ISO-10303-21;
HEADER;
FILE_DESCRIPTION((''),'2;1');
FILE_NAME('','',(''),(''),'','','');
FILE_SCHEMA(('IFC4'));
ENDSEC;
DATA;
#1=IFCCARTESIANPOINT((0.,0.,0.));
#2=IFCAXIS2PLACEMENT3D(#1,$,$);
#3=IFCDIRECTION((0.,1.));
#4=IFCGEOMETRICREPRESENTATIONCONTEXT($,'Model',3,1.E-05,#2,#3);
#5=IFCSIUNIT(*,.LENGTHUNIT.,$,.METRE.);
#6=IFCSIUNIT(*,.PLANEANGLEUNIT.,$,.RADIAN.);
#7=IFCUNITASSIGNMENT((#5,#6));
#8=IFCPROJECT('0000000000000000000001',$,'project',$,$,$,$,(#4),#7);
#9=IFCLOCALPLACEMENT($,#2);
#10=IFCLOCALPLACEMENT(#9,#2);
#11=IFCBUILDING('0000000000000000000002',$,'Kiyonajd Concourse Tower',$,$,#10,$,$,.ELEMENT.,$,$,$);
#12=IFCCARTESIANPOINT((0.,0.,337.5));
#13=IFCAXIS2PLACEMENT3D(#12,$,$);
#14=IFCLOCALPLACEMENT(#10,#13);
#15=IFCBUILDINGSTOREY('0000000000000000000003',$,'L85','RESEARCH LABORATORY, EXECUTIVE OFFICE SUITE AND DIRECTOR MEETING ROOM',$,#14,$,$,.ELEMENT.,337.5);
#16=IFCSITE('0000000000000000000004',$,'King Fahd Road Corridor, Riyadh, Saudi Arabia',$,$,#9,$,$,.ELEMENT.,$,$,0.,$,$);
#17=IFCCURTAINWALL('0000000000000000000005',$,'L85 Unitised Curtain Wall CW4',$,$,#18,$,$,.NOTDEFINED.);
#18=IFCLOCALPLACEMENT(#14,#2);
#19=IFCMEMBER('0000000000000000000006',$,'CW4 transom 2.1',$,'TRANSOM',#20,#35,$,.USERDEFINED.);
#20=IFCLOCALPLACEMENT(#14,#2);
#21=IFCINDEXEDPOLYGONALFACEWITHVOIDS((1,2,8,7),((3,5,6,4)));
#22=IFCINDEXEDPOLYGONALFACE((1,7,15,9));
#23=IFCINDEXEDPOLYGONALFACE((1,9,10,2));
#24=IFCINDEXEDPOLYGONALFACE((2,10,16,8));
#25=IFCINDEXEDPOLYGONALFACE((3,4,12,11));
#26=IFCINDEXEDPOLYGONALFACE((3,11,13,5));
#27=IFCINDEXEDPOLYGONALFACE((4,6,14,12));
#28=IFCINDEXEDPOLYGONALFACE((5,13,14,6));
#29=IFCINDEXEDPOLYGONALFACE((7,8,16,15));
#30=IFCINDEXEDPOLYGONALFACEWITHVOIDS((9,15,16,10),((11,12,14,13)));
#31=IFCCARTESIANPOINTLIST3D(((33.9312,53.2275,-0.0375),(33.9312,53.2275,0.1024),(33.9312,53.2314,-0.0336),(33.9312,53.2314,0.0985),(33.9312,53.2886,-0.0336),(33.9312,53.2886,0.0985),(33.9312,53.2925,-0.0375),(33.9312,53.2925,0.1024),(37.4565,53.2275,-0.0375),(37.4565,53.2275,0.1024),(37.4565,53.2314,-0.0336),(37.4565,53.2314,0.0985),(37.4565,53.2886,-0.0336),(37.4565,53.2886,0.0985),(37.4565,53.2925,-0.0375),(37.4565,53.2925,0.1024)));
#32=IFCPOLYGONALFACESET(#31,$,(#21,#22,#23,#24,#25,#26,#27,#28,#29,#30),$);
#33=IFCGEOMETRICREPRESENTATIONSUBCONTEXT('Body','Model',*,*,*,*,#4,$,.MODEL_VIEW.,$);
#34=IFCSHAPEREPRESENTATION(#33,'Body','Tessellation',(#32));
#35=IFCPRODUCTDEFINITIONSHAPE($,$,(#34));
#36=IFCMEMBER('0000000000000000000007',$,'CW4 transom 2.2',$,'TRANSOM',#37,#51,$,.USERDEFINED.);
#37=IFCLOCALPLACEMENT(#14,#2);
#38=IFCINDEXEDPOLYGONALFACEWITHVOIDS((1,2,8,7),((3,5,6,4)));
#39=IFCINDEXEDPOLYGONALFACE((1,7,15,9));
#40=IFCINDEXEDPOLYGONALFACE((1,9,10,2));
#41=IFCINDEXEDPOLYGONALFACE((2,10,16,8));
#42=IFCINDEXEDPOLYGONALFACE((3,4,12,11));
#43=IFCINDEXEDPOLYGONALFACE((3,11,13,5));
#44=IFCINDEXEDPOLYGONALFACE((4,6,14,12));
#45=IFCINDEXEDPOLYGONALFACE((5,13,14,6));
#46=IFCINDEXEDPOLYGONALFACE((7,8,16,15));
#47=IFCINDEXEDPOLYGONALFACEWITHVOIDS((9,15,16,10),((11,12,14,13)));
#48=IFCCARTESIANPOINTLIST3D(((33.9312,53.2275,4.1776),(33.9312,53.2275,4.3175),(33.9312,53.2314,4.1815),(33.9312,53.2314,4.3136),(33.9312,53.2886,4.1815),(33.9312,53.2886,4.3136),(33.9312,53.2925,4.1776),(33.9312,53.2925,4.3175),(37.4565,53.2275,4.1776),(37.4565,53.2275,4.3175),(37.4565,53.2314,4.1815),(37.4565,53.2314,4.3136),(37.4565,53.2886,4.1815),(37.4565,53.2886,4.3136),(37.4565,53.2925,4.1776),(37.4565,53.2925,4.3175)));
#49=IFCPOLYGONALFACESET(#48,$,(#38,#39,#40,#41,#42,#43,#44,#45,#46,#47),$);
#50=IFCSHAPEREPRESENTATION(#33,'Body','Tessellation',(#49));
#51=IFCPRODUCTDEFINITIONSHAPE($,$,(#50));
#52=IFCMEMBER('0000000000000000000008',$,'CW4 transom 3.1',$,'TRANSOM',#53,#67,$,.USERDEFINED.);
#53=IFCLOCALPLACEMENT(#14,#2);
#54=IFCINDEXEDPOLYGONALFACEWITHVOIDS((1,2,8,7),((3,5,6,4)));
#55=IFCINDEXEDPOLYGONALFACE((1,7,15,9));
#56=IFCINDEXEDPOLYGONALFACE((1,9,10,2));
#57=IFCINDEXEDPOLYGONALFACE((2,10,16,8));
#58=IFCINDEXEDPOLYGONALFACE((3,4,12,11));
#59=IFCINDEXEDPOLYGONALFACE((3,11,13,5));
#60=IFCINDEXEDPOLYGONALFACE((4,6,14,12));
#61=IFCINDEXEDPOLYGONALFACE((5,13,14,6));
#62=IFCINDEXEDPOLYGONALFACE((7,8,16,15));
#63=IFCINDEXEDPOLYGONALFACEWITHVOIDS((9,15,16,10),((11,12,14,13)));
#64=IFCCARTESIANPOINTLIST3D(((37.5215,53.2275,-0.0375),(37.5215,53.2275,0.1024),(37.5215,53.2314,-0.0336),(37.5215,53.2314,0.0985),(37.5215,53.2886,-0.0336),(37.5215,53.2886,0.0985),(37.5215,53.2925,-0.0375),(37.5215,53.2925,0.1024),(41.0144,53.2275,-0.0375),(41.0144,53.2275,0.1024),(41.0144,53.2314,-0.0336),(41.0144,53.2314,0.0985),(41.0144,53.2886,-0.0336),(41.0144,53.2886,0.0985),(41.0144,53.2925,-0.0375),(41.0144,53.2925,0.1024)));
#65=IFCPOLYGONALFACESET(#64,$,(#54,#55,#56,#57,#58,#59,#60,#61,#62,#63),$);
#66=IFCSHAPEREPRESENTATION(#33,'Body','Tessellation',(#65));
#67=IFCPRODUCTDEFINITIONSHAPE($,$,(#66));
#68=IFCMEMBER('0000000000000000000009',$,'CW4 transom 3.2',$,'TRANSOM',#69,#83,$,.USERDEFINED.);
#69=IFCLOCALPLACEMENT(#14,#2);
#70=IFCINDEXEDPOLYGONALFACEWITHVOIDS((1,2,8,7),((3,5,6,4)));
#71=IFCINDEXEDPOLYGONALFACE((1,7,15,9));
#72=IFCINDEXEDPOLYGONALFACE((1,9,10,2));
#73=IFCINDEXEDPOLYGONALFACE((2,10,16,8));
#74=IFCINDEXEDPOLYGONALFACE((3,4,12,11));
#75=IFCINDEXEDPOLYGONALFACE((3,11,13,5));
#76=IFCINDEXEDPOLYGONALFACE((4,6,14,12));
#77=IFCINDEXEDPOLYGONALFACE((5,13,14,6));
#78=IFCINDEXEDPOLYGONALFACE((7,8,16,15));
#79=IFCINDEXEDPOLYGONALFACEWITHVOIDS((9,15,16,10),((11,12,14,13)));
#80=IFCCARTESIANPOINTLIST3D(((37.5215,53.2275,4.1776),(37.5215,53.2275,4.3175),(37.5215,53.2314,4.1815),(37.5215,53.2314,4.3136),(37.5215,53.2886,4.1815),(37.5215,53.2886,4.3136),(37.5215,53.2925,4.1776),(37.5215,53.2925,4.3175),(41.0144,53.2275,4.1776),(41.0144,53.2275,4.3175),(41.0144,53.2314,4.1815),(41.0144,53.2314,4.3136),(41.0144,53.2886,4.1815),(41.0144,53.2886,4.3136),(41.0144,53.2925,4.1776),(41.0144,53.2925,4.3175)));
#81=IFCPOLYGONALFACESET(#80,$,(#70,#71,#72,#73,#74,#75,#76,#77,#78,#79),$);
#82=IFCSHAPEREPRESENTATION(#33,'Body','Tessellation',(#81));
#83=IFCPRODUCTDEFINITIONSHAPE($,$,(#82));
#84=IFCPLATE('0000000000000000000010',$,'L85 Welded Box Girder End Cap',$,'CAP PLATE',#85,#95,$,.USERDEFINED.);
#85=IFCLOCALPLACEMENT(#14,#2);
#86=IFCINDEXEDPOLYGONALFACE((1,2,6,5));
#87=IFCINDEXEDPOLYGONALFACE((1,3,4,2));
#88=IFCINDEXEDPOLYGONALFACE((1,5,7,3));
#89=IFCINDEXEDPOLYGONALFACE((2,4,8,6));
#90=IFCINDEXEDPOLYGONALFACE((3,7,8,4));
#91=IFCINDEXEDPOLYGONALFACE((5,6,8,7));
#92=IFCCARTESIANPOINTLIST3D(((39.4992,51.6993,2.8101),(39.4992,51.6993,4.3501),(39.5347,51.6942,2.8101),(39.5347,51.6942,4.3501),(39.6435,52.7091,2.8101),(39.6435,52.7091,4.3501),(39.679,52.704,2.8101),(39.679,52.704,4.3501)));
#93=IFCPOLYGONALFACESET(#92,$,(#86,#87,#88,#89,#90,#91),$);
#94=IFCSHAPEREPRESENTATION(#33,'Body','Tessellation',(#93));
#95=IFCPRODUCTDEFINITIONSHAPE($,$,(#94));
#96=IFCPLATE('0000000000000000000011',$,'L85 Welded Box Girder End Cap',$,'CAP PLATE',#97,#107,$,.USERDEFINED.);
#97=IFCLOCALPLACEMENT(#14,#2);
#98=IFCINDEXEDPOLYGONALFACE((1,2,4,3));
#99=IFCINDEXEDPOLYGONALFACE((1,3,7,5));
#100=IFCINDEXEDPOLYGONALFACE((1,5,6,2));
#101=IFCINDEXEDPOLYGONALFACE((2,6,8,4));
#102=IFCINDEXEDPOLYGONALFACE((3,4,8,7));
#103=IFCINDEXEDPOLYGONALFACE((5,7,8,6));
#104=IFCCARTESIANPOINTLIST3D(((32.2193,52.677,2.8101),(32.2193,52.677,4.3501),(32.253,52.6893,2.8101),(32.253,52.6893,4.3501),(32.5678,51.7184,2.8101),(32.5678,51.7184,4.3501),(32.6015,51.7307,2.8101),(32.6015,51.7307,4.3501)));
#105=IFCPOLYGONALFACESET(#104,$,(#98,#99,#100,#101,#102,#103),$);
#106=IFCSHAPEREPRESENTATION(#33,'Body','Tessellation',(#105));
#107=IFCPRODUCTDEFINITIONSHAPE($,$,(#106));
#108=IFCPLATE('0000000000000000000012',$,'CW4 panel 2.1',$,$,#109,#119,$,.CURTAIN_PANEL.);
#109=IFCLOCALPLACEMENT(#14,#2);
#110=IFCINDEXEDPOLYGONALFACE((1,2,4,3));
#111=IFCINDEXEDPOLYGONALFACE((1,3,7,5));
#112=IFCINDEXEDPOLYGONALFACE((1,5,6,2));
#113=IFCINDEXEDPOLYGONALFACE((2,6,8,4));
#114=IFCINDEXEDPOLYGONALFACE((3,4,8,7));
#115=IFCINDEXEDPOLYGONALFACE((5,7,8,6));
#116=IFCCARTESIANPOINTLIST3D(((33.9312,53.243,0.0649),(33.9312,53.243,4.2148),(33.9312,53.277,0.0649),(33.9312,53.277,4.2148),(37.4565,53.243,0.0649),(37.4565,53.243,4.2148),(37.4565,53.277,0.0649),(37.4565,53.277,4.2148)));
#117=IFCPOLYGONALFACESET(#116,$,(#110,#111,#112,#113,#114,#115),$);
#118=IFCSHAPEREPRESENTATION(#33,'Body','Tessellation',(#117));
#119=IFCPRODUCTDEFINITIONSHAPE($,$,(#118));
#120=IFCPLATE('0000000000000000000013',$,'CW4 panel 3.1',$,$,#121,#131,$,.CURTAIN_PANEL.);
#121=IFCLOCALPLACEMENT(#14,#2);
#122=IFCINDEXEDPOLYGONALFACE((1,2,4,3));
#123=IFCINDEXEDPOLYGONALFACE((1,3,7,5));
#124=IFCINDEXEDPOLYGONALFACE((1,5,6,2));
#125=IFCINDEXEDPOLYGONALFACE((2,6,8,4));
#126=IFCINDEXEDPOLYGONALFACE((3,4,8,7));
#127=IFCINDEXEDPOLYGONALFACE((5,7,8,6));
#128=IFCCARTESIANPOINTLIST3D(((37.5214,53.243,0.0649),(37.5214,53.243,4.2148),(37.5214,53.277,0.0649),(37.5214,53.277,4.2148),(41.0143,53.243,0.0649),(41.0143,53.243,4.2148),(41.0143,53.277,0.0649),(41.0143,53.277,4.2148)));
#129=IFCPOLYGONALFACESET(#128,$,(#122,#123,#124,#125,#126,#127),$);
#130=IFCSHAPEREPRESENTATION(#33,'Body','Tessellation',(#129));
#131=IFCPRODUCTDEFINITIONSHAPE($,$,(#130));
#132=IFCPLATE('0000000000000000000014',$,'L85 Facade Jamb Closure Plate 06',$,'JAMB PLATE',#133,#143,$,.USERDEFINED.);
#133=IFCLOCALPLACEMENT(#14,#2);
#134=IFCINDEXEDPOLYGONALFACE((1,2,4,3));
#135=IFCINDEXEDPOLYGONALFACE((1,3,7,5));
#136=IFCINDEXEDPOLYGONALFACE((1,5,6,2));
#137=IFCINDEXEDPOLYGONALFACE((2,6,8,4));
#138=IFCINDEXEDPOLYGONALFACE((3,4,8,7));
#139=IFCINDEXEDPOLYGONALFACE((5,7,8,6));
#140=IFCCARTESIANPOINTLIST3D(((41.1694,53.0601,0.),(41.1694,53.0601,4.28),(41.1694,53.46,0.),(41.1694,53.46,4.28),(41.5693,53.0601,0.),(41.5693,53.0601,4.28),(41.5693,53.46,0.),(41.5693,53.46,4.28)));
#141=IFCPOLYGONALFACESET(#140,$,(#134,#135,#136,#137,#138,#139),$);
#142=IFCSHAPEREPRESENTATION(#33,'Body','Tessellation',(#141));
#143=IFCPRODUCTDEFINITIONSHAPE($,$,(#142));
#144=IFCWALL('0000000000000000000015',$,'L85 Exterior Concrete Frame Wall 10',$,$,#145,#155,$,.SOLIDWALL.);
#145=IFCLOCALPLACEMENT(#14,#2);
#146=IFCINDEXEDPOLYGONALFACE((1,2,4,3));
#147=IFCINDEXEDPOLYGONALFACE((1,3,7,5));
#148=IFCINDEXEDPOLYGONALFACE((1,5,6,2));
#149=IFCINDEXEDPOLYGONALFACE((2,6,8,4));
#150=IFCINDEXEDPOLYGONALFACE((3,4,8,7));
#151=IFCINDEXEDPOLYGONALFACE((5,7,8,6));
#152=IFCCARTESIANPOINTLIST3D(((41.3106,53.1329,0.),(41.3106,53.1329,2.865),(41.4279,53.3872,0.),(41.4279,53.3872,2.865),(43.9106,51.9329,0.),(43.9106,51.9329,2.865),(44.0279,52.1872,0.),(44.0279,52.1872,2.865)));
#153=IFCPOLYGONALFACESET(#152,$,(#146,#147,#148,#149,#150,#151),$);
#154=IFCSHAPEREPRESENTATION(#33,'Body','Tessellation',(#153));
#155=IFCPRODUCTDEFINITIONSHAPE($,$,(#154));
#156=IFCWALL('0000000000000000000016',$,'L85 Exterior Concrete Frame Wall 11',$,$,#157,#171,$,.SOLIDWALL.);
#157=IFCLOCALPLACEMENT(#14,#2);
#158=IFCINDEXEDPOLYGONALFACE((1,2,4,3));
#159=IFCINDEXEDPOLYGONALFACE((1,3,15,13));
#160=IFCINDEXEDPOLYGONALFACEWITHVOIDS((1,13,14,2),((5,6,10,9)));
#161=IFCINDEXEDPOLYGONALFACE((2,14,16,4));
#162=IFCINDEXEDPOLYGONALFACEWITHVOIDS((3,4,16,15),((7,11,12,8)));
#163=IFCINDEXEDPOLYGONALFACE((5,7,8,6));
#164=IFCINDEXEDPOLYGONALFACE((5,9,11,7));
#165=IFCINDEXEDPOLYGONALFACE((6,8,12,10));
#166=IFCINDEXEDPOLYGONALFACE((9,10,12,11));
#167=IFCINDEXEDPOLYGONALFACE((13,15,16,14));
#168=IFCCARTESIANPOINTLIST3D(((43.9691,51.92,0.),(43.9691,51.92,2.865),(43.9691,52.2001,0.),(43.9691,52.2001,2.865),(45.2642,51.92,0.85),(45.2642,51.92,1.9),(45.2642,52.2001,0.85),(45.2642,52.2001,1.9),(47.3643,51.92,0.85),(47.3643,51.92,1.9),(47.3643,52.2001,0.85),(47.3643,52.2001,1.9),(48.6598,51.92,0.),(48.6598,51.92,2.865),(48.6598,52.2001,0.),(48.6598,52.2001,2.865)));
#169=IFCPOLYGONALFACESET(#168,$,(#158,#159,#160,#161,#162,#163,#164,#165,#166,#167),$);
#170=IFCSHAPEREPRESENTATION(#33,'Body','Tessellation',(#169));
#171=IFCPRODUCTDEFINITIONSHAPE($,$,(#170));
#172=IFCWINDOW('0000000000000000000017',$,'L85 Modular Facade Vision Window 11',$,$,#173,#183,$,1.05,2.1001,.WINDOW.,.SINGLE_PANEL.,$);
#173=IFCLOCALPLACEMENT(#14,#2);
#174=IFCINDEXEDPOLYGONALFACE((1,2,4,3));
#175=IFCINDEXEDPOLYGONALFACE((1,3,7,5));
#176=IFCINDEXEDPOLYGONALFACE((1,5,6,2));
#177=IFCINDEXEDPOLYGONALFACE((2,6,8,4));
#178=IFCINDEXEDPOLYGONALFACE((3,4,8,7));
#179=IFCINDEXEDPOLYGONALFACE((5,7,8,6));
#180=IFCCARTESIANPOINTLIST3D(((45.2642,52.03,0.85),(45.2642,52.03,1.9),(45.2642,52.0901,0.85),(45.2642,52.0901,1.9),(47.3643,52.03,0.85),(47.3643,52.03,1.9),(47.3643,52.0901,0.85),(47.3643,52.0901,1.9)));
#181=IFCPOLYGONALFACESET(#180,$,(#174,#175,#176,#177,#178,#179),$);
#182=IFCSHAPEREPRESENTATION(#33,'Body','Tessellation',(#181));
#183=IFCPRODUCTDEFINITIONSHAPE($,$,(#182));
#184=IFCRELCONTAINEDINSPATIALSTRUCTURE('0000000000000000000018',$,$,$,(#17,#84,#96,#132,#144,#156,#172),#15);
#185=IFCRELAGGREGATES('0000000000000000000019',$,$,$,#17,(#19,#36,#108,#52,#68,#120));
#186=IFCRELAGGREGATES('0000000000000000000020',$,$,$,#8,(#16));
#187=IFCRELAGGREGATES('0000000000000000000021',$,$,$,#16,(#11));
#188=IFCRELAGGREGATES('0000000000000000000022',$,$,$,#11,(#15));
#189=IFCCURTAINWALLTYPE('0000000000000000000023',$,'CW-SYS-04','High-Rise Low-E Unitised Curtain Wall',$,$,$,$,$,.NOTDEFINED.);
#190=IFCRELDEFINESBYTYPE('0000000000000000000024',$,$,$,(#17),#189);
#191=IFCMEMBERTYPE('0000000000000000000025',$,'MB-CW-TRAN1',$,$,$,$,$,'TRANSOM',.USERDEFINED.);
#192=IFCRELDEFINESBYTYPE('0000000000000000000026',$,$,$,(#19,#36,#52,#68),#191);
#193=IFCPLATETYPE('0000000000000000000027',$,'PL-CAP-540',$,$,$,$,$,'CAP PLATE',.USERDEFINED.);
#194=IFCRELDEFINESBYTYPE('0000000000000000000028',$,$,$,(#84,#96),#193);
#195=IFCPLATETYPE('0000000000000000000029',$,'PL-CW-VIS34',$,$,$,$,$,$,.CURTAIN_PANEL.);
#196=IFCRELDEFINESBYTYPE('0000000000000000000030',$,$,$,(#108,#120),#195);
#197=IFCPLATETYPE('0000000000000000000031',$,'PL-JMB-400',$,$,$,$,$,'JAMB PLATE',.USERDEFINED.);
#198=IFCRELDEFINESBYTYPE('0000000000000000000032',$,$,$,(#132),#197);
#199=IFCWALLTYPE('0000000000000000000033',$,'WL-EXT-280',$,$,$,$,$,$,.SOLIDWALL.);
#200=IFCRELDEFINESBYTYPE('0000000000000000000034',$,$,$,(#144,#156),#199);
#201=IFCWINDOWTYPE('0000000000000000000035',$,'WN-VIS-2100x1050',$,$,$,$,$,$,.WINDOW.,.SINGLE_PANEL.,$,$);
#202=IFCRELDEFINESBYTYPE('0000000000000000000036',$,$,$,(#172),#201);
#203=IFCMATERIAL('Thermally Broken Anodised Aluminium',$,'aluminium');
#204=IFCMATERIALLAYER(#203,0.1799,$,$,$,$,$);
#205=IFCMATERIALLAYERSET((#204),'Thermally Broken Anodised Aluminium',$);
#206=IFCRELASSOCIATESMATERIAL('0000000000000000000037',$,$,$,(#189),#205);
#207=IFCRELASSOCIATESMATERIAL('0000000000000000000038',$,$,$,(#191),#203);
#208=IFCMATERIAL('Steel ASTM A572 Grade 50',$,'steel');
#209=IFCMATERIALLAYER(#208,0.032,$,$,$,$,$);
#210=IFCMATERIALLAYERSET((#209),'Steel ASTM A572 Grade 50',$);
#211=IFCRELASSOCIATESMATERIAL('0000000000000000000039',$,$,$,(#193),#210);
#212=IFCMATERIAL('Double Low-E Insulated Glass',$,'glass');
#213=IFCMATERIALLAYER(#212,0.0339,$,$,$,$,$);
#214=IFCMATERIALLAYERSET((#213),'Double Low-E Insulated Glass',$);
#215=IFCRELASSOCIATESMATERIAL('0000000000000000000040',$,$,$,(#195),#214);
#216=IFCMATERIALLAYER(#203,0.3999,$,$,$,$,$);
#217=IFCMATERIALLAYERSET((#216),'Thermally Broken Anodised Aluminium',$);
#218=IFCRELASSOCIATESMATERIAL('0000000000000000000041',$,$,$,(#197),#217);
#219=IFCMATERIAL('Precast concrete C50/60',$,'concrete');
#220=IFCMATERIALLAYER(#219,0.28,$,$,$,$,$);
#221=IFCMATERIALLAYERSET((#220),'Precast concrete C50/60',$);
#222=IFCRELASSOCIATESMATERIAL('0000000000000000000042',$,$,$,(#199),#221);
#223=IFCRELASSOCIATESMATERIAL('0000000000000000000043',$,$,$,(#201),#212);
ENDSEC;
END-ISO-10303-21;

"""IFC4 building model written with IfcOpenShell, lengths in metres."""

from ifc_helpers import new_model, si_unit, direction, frame, frame_2d, origin, origin_2d, place, context, subcontext, project, spatial, rectangle, hollow_rectangle, extrude, material, layer, layer_set, material_profile, profile_set, type_object, element, fill, aggregate, save


model = new_model("IFC4")

# Units and contexts
model_context = context("Model", 3, precision=1e-05, world=origin(), true_north=direction((0.0, 1.0)))
body_context = subcontext(model_context, "Body", "Model", "MODEL_VIEW")
ifc_project = project(units=[si_unit("LENGTHUNIT", "METRE"), si_unit("PLANEANGLEUNIT", "RADIAN")], contexts=[model_context])

# Site, building, storey
site_placement = place(None, origin())
site = spatial("IfcSite", under=ifc_project, at=site_placement, Name="King Fahd Road Corridor, Riyadh, Saudi Arabia", CompositionType="ELEMENT", RefElevation=0.0)
building_placement = place(site_placement, origin())
building = spatial("IfcBuilding", under=site, at=building_placement, Name="Kiyonajd Concourse Tower", CompositionType="ELEMENT")
storey_placement = place(building_placement, frame((0.0, 0.0, 337.5)))
storey = spatial("IfcBuildingStorey", under=building, at=storey_placement, Name="L85", Description="RESEARCH LABORATORY, EXECUTIVE OFFICE SUITE AND DIRECTOR MEETING ROOM", CompositionType="ELEMENT", Elevation=337.5)

# Curtain wall, members
ifc_material_1 = material(Name="Thermally Broken Anodised Aluminium", Category="aluminium")
ifc_layer_1 = layer(ifc_material_1, 0.1799)
ifc_layer_set_1 = layer_set([ifc_layer_1], Name="Thermally Broken Anodised Aluminium")
curtain_wall_type = type_object("IfcCurtainWallType", Name="CW-SYS-04", Description="High-Rise Low-E Unitised Curtain Wall", PredefinedType="NOTDEFINED", material=ifc_layer_set_1)
curtain_wall_placement = place(storey_placement, origin())
curtain_wall = element("IfcCurtainWall", 1, at=curtain_wall_placement, inside=storey, type_object=curtain_wall_type, Name="L85 Unitised Curtain Wall CW4", PredefinedType="NOTDEFINED")
ifc_material_profile_1 = material_profile(ifc_material_1, hollow_rectangle(XDim=0.0649, YDim=0.1399, WallThickness=0.0039, at=origin_2d()), Name="TRAN-65x140")
ifc_profile_set_1 = profile_set([ifc_material_profile_1], Name="Thermally Broken Anodised Aluminium")
member_type_1 = type_object("IfcMemberType", Name="MB-CW-TRAN1", ElementType="TRANSOM", PredefinedType="USERDEFINED", material=ifc_profile_set_1)
member_1_placement = place(storey_placement, frame((33.9312, 53.26, 0.0325), z_axis=(1.0, 0.0, 0.0), x_axis=(0.0, 1.0, 0.0)))
member_1 = element("IfcMember", 2, at=member_1_placement, type_object=member_type_1, Name="CW4 transom 2.1", ObjectType="TRANSOM", PredefinedType="USERDEFINED", context=body_context, shape_type="SweptSolid", body=[
    extrude(hollow_rectangle(XDim=0.0649, YDim=0.1399, WallThickness=0.0039, at=origin_2d()), origin(), (0.0, 0.0, 1.0), 3.5254),
])
member_2_placement = place(storey_placement, frame((33.9312, 53.26, 4.2476), z_axis=(1.0, 0.0, 0.0), x_axis=(0.0, 1.0, 0.0)))
member_2 = element("IfcMember", 3, at=member_2_placement, type_object=member_type_1, Name="CW4 transom 2.2", ObjectType="TRANSOM", PredefinedType="USERDEFINED", context=body_context, shape_type="SweptSolid", body=[
    extrude(hollow_rectangle(XDim=0.0649, YDim=0.1399, WallThickness=0.0039, at=origin_2d()), origin(), (0.0, 0.0, 1.0), 3.5254),
])
member_3_placement = place(storey_placement, frame((37.5215, 53.26, 0.0325), z_axis=(1.0, 0.0, 0.0), x_axis=(0.0, 1.0, 0.0)))
member_3 = element("IfcMember", 4, at=member_3_placement, type_object=member_type_1, Name="CW4 transom 3.1", ObjectType="TRANSOM", PredefinedType="USERDEFINED", context=body_context, shape_type="SweptSolid", body=[
    extrude(hollow_rectangle(XDim=0.0649, YDim=0.1399, WallThickness=0.0039, at=origin_2d()), origin(), (0.0, 0.0, 1.0), 3.4929),
])
member_4_placement = place(storey_placement, frame((37.5215, 53.26, 4.2476), z_axis=(1.0, 0.0, 0.0), x_axis=(0.0, 1.0, 0.0)))
member_4 = element("IfcMember", 5, at=member_4_placement, type_object=member_type_1, Name="CW4 transom 3.2", ObjectType="TRANSOM", PredefinedType="USERDEFINED", context=body_context, shape_type="SweptSolid", body=[
    extrude(hollow_rectangle(XDim=0.0649, YDim=0.1399, WallThickness=0.0039, at=origin_2d()), origin(), (0.0, 0.0, 1.0), 3.4929),
])

# Plates
ifc_material_2 = material(Name="Steel ASTM A572 Grade 50", Category="steel")
ifc_layer_2 = layer(ifc_material_2, 0.032)
ifc_layer_set_2 = layer_set([ifc_layer_2], Name="Steel ASTM A572 Grade 50")
plate_type_1 = type_object("IfcPlateType", Name="PL-CAP-540", ElementType="CAP PLATE", PredefinedType="USERDEFINED", material=ifc_layer_set_2)
for number, where, z_axis, x_axis, name in (
    (6, (39.5891, 52.2017, 2.8101), (0.0, 0.0, 1.0), (-0.98995, 0.14142, 0.0), "L85 Welded Box Girder End Cap"),
    (7, (32.4104, 52.2039, 2.8101), (0.0, 0.0, 1.0), (0.939812, 0.341692, 0.0), "L85 Welded Box Girder End Cap"),
):
    element("IfcPlate", number, at=place(storey_placement, frame(where, z_axis=z_axis, x_axis=x_axis)), inside=storey, type_object=plate_type_1, Name=name, ObjectType="CAP PLATE", PredefinedType="USERDEFINED", context=body_context, shape_type="SweptSolid", body=[
        extrude(rectangle(XDim=0.0359, YDim=1.02, at=origin_2d()), origin(), (0.0, 0.0, 1.0), 1.54),
    ])

# Plates
ifc_material_3 = material(Name="Double Low-E Insulated Glass", Category="glass")
ifc_layer_3 = layer(ifc_material_3, 0.0339)
ifc_layer_set_3 = layer_set([ifc_layer_3], Name="Double Low-E Insulated Glass")
plate_type_2 = type_object("IfcPlateType", Name="PL-CW-VIS34", PredefinedType="CURTAIN_PANEL", material=ifc_layer_set_3)
plate_1_placement = place(storey_placement, frame((35.6938, 53.26, 0.0649), z_axis=(0.0, 0.0, 1.0), x_axis=(1.0, 0.0, 0.0)))
plate_1 = element("IfcPlate", 8, at=plate_1_placement, type_object=plate_type_2, Name="CW4 panel 2.1", PredefinedType="CURTAIN_PANEL", context=body_context, shape_type="SweptSolid", body=[
    extrude(rectangle(XDim=3.5254, YDim=0.0339, at=origin_2d()), origin(), (0.0, 0.0, 1.0), 4.1499),
])
plate_2_placement = place(storey_placement, frame((39.2678, 53.26, 0.0649), z_axis=(0.0, 0.0, 1.0), x_axis=(1.0, 0.0, 0.0)))
plate_2 = element("IfcPlate", 9, at=plate_2_placement, type_object=plate_type_2, Name="CW4 panel 3.1", PredefinedType="CURTAIN_PANEL", context=body_context, shape_type="SweptSolid", body=[
    extrude(rectangle(XDim=3.4929, YDim=0.0339, at=origin_2d()), origin(), (0.0, 0.0, 1.0), 4.1499),
])
aggregate(curtain_wall, [member_1, member_2, plate_1, member_3, member_4, plate_2])
ifc_layer_4 = layer(ifc_material_1, 0.3999)
ifc_layer_set_4 = layer_set([ifc_layer_4], Name="Thermally Broken Anodised Aluminium")
plate_type_3 = type_object("IfcPlateType", Name="PL-JMB-400", ElementType="JAMB PLATE", PredefinedType="USERDEFINED", material=ifc_layer_set_4)
plate_3_placement = place(storey_placement, frame((41.3694, 53.26, 0.0), z_axis=(0.0, 0.0, 1.0), x_axis=(1.0, 0.0, 0.0)))
element("IfcPlate", 10, at=plate_3_placement, inside=storey, type_object=plate_type_3, Name="L85 Facade Jamb Closure Plate 06", ObjectType="JAMB PLATE", PredefinedType="USERDEFINED", context=body_context, shape_type="SweptSolid", body=[
    extrude(rectangle(XDim=0.3999, YDim=0.3999, at=origin_2d()), origin(), (0.0, 0.0, 1.0), 4.28),
])

# Wall
ifc_material_4 = material(Name="Precast concrete C50/60", Category="concrete")
ifc_layer_5 = layer(ifc_material_4, 0.28)
ifc_layer_set_5 = layer_set([ifc_layer_5], Name="Precast concrete C50/60")
wall_type_1 = type_object("IfcWallType", Name="WL-EXT-280", PredefinedType="SOLIDWALL", material=ifc_layer_set_5)
wall_1_placement = place(storey_placement, frame((41.3694, 53.26, 0.0), z_axis=(0.0, 0.0, 1.0), x_axis=(0.907957, -0.419064, 0.0)))
element("IfcWall", 11, at=wall_1_placement, inside=storey, type_object=wall_type_1, Name="L85 Exterior Concrete Frame Wall 10", PredefinedType="SOLIDWALL", context=body_context, shape_type="SweptSolid", body=[
    extrude(rectangle(XDim=2.8635, YDim=0.28, at=frame_2d((1.4316, 0.0))), origin(), (0.0, 0.0, 1.0), 2.865),
])

# Wall, opening, window
wall_2_placement = place(storey_placement, frame((43.9692, 52.0601, 0.0), z_axis=(0.0, 0.0, 1.0), x_axis=(1.0, 0.0, 0.0)))
wall_2 = element("IfcWall", 12, at=wall_2_placement, inside=storey, type_object=wall_type_1, Name="L85 Exterior Concrete Frame Wall 11", PredefinedType="SOLIDWALL", context=body_context, shape_type="SweptSolid", body=[
    extrude(rectangle(XDim=4.6907, YDim=0.28, at=frame_2d((2.3452, 0.0))), origin(), (0.0, 0.0, 1.0), 2.865),
])
opening_placement = place(wall_2_placement, frame((1.2949, 0.0, 0.8501)))
opening = element("IfcOpeningElement", 13, at=opening_placement, cuts=wall_2, PredefinedType="OPENING", context=body_context, shape_type="SweptSolid", body=[
    extrude(rectangle(XDim=2.1001, YDim=1.05, at=frame_2d((1.05, 0.5249))), frame((0.0, 0.1499, 0.0), z_axis=(0.0, -1.0, 0.0), x_axis=(1.0, 0.0, 0.0)), (0.0, 0.0, 1.0), 0.3),
])
window_type = type_object("IfcWindowType", Name="WN-VIS-2100x1050", PartitioningType="SINGLE_PANEL", PredefinedType="WINDOW", material=ifc_material_3)
window_placement = place(opening_placement, origin())
window = element("IfcWindow", 14, at=window_placement, inside=storey, type_object=window_type, Name="L85 Modular Facade Vision Window 11", OverallHeight=1.05, OverallWidth=2.1001, PartitioningType="SINGLE_PANEL", PredefinedType="WINDOW", context=body_context, shape_type="SweptSolid", body=[
    extrude(rectangle(XDim=2.1001, YDim=1.05, at=frame_2d((1.05, 0.5249))), frame((0.0, 0.03, 0.0), z_axis=(0.0, -1.0, 0.0), x_axis=(1.0, 0.0, 0.0)), (0.0, 0.0, 1.0), 0.0601),
])
fill(opening, window)

save(model, "model.ifc")
